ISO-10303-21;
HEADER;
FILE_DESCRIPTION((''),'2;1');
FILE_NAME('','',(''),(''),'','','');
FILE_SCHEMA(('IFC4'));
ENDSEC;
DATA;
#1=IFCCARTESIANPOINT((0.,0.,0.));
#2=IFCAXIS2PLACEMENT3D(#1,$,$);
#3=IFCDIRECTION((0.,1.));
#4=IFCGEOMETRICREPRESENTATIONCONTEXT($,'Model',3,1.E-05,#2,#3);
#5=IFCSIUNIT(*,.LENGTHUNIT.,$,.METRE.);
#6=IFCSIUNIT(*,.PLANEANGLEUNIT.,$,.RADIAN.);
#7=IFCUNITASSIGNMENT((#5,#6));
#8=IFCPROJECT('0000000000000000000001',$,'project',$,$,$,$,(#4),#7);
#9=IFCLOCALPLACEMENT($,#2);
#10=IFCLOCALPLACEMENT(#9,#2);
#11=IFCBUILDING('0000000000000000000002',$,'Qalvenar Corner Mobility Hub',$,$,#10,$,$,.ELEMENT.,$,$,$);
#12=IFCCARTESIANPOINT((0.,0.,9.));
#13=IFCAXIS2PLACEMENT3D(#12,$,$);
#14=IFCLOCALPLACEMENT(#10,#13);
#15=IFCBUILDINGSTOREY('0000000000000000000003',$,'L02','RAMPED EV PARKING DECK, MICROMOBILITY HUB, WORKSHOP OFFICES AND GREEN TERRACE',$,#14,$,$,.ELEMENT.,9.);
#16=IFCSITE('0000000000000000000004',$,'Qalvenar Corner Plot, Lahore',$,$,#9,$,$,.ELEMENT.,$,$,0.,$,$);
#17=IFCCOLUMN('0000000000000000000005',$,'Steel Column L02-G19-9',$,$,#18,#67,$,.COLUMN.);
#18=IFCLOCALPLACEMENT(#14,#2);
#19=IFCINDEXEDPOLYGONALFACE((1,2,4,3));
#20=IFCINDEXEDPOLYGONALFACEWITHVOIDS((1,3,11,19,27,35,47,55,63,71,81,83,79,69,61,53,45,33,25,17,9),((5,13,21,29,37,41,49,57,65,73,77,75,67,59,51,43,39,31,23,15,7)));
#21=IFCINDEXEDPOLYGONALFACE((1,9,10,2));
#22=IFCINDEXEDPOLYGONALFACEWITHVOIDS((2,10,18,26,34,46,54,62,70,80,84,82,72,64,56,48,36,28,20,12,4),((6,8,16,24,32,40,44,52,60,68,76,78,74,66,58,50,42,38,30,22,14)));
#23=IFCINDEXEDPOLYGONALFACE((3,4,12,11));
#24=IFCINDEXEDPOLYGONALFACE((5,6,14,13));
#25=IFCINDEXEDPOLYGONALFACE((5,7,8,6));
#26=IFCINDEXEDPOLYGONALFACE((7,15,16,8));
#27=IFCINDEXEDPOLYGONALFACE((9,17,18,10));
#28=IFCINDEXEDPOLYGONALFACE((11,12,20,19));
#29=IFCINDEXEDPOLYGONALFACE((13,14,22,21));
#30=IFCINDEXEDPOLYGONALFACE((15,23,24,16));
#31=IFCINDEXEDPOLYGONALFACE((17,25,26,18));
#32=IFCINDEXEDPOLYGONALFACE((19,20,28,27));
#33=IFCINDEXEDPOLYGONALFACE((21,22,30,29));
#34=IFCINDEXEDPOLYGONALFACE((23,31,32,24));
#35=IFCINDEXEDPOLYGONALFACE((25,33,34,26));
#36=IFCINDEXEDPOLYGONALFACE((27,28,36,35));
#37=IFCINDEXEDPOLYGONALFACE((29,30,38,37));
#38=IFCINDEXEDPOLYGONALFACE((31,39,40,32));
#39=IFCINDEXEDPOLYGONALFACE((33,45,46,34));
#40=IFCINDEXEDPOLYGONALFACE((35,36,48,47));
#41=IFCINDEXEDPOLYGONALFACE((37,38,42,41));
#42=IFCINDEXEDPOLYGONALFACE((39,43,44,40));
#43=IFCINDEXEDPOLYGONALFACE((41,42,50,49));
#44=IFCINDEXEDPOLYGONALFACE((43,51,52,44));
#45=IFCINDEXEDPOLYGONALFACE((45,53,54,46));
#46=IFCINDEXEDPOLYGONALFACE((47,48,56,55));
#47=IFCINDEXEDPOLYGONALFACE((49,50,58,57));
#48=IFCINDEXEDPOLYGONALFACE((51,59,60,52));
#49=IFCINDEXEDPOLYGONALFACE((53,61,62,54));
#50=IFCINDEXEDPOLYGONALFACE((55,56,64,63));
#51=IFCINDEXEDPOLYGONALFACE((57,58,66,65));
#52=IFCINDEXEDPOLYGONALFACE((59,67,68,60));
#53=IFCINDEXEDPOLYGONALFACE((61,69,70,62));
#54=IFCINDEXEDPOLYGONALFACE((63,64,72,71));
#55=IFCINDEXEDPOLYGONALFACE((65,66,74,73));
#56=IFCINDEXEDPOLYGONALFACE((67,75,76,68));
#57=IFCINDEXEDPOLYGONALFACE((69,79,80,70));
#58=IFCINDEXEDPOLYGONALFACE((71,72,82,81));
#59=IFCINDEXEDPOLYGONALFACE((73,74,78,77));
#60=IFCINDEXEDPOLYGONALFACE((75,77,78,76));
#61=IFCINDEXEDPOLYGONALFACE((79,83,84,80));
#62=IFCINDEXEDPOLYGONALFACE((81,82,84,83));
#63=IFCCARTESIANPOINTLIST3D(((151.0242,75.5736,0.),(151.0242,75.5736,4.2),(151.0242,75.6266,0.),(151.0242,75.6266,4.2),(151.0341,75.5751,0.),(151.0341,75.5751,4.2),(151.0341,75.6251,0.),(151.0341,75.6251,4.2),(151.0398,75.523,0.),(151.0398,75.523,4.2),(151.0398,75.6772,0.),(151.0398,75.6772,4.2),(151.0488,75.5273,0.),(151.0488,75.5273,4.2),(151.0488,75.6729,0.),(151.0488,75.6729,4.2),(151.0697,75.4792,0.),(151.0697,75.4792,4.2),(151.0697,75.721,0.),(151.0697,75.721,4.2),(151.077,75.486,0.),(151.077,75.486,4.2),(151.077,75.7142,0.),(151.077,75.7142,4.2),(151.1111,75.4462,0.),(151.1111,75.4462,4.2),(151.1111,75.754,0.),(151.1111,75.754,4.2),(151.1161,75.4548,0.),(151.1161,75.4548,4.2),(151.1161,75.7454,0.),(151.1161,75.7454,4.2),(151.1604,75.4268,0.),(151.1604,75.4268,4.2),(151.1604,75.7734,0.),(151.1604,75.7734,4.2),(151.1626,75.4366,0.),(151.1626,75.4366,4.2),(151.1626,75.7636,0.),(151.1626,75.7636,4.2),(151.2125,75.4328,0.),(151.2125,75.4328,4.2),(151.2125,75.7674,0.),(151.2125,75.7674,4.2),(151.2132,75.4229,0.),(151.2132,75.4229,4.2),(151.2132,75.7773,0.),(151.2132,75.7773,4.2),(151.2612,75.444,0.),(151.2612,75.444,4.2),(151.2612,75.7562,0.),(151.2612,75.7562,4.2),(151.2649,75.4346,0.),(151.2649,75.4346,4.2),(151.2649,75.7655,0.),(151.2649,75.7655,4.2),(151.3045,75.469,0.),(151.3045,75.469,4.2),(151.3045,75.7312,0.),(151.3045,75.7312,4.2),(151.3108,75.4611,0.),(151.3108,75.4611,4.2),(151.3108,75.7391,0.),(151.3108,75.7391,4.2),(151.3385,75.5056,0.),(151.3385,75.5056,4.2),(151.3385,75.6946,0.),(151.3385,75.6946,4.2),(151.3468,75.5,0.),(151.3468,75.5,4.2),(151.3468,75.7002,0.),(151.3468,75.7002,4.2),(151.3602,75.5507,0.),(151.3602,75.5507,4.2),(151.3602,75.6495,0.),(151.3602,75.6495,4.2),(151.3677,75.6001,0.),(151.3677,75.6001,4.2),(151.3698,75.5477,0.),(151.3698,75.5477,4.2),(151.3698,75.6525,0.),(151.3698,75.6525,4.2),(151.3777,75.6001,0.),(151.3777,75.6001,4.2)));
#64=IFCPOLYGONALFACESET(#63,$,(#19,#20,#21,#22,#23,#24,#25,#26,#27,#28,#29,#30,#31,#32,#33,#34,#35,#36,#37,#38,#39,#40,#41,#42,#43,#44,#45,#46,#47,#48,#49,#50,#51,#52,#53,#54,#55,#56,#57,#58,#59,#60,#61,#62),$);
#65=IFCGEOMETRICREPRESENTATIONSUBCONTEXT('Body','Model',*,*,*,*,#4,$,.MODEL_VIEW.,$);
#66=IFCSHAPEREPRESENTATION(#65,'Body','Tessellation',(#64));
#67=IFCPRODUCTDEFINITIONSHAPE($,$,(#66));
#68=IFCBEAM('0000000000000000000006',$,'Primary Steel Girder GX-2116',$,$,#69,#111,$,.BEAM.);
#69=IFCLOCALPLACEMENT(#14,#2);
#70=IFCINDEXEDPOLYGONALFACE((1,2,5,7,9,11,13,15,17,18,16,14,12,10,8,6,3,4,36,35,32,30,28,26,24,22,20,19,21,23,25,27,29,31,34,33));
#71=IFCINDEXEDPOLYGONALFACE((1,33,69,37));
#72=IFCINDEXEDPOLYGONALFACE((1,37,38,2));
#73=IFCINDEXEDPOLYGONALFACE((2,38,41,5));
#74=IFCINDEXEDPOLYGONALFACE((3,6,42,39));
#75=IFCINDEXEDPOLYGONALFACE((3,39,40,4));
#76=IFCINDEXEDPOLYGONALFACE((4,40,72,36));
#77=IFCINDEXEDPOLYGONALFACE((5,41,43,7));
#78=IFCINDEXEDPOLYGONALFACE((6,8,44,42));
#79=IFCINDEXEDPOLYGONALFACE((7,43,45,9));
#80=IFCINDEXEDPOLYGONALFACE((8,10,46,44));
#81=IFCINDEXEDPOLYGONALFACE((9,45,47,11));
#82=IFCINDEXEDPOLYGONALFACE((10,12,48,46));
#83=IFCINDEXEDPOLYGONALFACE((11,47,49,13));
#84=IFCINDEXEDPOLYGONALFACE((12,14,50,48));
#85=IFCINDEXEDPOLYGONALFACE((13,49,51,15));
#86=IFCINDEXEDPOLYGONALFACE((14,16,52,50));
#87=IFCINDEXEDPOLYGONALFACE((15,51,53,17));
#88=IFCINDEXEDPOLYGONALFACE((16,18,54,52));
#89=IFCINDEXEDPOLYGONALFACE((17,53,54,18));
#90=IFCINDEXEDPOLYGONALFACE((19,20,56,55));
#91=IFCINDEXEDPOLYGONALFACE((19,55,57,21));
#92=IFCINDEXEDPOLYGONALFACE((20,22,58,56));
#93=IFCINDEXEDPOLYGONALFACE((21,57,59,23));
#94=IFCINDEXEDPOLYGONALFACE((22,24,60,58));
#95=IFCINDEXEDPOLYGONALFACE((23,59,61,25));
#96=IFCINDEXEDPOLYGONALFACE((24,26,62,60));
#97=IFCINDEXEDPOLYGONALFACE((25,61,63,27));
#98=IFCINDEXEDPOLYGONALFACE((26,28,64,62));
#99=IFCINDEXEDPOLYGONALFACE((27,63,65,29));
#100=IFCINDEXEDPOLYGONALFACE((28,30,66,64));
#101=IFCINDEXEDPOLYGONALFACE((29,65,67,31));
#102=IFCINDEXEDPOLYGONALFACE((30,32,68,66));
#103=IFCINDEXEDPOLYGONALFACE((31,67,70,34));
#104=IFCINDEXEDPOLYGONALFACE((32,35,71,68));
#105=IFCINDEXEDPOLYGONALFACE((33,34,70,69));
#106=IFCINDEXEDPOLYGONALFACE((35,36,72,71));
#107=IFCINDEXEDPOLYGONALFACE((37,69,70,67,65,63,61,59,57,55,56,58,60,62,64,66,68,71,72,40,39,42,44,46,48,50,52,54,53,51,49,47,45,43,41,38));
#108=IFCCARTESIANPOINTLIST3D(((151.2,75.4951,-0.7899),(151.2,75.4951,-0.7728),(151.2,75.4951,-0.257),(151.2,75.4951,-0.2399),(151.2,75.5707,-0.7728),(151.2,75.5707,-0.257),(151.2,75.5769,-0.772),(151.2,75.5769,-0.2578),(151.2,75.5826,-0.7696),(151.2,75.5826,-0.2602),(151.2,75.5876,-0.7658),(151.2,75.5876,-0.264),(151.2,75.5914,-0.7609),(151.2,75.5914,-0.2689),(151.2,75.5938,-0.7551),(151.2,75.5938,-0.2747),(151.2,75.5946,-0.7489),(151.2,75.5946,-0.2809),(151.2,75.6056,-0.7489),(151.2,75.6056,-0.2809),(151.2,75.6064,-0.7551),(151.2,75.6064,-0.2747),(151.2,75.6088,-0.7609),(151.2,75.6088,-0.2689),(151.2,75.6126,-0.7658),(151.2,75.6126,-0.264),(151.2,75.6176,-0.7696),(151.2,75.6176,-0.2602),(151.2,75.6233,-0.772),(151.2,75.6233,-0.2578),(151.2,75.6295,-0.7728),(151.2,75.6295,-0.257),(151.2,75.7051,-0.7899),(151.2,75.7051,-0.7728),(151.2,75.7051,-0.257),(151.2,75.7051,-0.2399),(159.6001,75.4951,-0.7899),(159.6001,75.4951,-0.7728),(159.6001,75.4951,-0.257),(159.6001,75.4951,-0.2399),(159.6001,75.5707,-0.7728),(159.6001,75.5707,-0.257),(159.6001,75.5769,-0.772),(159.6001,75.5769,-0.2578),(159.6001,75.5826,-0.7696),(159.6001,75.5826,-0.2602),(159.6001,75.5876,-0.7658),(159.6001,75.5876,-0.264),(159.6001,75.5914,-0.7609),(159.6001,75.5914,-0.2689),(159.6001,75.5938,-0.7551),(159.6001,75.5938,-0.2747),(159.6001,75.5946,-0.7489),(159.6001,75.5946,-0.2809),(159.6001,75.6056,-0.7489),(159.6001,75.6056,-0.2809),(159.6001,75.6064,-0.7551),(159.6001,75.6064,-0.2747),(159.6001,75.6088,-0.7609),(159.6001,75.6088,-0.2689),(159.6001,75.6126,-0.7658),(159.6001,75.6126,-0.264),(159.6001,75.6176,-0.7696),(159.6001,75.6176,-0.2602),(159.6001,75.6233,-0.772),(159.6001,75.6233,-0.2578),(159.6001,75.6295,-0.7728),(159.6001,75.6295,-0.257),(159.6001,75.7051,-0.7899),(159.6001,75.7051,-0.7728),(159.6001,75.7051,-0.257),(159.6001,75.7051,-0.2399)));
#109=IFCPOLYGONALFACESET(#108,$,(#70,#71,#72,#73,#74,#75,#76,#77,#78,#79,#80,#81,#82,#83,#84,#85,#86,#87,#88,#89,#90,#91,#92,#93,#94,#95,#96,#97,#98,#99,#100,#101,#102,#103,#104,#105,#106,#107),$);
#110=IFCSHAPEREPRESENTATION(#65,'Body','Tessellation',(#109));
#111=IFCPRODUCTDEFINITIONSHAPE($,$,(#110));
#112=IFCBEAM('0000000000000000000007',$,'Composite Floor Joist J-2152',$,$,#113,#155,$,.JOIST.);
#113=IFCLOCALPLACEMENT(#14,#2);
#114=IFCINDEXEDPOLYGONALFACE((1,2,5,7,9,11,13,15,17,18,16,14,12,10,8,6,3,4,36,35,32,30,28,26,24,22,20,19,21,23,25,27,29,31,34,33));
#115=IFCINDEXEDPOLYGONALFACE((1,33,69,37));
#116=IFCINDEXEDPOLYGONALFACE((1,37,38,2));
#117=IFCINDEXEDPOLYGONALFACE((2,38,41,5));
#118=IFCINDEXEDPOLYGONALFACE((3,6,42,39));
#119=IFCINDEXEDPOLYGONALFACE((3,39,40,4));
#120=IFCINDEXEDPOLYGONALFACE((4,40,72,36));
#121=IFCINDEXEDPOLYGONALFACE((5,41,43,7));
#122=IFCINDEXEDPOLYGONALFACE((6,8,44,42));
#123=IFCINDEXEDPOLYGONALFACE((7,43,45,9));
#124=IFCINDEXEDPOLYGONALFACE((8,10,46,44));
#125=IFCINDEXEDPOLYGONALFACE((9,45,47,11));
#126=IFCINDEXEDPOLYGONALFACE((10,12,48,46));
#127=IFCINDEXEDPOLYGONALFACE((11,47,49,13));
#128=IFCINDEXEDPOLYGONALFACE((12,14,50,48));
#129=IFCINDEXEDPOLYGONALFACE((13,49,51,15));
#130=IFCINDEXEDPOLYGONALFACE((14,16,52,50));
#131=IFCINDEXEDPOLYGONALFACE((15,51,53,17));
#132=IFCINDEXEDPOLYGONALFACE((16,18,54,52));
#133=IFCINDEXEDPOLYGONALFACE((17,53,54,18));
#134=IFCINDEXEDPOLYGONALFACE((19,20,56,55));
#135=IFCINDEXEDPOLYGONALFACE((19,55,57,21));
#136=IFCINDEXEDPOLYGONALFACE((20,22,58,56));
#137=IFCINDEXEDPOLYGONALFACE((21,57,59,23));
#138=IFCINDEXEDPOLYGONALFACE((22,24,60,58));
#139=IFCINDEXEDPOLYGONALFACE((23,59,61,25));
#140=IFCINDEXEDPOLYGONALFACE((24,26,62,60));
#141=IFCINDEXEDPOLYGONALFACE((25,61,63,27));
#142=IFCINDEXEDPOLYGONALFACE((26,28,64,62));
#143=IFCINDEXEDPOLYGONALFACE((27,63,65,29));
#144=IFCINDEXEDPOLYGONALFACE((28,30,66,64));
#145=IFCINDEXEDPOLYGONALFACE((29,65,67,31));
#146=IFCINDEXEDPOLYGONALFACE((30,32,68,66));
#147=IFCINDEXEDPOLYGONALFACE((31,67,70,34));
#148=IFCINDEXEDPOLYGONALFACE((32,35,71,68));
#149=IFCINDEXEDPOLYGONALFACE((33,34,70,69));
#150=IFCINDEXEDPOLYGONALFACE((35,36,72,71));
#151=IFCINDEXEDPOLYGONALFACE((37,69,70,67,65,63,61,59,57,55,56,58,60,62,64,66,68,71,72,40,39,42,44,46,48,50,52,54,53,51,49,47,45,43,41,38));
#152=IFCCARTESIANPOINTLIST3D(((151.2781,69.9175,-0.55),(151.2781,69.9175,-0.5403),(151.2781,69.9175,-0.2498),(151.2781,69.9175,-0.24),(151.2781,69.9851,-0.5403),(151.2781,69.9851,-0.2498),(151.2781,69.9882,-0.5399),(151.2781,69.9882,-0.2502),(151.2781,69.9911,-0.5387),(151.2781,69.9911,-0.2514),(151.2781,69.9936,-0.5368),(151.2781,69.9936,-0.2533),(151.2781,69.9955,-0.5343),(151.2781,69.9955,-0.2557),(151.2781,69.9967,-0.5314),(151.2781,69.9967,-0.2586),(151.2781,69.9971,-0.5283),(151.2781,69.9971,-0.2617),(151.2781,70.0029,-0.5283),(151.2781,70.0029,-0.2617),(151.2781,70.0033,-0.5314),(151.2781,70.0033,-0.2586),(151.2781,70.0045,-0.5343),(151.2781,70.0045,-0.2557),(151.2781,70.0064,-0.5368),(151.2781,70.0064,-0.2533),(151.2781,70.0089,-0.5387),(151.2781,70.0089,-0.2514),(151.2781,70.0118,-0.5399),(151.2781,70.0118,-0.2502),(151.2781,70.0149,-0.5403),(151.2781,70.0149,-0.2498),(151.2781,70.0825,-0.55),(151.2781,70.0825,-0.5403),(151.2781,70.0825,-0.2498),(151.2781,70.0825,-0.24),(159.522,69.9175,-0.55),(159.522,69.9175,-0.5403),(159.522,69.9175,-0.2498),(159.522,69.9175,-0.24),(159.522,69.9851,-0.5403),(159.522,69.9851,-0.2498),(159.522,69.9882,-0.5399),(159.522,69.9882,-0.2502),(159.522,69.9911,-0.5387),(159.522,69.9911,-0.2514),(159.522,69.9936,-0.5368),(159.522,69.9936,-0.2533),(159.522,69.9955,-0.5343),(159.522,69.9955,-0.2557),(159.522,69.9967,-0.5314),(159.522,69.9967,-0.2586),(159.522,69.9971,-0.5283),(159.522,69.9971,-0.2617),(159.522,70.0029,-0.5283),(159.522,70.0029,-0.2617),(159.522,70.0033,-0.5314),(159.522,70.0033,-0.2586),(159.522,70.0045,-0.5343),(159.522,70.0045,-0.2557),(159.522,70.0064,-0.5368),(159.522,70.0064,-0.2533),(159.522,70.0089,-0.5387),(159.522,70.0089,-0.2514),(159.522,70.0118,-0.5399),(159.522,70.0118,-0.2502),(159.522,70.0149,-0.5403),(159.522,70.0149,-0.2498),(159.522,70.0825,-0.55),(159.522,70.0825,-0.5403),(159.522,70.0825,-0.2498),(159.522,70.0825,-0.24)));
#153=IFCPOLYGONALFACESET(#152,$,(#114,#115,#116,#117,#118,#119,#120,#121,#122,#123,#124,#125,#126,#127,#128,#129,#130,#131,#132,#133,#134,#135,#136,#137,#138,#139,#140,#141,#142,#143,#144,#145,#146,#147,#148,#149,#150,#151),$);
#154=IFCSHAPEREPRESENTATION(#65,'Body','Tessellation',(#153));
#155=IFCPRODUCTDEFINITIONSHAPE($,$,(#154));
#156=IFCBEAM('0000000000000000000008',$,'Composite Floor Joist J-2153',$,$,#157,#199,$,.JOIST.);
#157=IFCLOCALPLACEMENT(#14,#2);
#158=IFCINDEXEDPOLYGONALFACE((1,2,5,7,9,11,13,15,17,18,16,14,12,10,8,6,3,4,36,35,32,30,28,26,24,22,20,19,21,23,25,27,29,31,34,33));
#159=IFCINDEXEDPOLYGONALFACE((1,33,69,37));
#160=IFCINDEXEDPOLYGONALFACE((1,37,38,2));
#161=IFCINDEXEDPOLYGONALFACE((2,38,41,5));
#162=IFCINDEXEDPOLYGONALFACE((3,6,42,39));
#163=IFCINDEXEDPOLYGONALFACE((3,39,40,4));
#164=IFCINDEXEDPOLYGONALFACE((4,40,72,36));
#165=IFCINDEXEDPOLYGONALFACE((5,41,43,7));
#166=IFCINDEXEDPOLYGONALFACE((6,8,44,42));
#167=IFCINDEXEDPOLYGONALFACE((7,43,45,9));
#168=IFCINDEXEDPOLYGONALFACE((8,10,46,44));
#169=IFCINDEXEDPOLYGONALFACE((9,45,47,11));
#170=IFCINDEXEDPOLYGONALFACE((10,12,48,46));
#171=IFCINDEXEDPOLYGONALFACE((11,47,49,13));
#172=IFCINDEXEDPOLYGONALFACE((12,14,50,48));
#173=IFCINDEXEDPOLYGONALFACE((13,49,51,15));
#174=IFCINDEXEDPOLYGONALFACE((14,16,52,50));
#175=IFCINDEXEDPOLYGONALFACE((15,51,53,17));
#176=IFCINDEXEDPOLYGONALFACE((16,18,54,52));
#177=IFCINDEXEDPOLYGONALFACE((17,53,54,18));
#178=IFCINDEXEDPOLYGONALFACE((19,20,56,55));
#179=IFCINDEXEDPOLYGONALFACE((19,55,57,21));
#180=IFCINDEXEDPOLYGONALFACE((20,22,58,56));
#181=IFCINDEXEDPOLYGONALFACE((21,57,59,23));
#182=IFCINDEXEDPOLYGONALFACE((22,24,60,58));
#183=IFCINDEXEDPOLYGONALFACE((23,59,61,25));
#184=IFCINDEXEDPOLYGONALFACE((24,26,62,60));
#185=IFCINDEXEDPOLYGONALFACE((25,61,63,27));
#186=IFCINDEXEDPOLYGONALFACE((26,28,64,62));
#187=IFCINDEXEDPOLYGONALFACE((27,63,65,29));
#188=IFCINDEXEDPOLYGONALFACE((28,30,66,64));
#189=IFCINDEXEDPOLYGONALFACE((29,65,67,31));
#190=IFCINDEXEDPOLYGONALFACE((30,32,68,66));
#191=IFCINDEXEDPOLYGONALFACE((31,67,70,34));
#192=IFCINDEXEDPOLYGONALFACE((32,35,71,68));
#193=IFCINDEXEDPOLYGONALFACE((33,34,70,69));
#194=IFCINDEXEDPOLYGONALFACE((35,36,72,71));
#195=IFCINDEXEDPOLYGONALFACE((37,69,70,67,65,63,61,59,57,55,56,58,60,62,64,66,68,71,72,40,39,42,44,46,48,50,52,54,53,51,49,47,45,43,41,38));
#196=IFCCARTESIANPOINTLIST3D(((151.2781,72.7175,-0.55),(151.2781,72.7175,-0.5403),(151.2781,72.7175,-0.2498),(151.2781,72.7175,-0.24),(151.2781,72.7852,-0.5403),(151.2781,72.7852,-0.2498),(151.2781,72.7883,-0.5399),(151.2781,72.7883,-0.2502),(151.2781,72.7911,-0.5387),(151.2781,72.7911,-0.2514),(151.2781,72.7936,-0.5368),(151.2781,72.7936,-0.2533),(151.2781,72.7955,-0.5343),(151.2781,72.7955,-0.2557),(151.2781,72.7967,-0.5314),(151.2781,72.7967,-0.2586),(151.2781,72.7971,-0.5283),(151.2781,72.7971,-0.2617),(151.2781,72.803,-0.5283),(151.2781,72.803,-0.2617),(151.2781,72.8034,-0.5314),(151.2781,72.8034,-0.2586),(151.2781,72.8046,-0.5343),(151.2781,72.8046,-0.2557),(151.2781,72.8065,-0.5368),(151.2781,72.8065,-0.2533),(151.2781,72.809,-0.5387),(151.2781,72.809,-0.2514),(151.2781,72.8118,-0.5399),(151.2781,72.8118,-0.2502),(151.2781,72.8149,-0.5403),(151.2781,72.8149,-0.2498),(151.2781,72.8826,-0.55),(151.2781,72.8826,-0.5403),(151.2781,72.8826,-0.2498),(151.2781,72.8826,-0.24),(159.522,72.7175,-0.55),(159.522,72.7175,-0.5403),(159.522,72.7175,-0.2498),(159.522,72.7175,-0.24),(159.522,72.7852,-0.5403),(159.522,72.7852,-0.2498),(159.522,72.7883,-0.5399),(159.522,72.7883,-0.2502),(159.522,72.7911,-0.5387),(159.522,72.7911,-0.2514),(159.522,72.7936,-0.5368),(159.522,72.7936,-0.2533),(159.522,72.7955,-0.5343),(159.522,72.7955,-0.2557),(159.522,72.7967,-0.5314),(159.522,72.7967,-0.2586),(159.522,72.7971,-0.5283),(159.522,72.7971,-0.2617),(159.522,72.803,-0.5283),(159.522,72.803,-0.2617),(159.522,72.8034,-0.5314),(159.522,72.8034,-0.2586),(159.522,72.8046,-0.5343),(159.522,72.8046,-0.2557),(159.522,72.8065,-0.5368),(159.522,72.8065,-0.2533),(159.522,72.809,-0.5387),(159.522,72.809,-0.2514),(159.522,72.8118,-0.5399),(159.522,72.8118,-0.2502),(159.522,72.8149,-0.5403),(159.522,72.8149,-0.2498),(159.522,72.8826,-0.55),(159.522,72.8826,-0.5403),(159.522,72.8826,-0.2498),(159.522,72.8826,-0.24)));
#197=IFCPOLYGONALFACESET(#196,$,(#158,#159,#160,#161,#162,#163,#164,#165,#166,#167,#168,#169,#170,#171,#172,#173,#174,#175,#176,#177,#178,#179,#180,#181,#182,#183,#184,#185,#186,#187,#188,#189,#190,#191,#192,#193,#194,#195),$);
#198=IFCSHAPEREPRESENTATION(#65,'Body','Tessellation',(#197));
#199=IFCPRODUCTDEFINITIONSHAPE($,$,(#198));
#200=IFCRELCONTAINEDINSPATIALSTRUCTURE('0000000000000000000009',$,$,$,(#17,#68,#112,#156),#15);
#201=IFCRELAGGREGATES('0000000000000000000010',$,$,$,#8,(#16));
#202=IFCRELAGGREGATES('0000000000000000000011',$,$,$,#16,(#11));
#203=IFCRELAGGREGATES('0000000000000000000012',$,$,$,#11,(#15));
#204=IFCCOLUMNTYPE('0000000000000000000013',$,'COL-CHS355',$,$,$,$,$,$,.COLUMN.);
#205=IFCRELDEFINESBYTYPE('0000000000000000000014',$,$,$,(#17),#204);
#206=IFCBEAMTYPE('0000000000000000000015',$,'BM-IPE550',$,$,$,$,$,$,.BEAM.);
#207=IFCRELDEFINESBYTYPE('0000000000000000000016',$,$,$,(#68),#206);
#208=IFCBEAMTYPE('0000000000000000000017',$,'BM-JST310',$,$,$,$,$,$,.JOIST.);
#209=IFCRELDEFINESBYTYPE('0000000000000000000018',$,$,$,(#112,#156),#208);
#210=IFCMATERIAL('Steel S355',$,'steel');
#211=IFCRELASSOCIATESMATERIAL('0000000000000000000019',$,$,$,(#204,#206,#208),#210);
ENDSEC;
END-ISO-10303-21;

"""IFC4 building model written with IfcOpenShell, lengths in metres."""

from ifc_helpers import new_model, si_unit, direction, frame, origin, origin_2d, place, context, subcontext, project, spatial, hollow_circle, i_section, extrude, material, material_profile, profile_set, type_object, element, save


model = new_model("IFC4")

# Units and contexts
model_context = context("Model", 3, precision=1e-05, world=origin(), true_north=direction((0.0, 1.0)))
body_context = subcontext(model_context, "Body", "Model", "MODEL_VIEW")
ifc_project = project(units=[si_unit("LENGTHUNIT", "METRE"), si_unit("PLANEANGLEUNIT", "RADIAN")], contexts=[model_context])

# Site, building, storey
site_placement = place(None, origin())
site = spatial("IfcSite", under=ifc_project, at=site_placement, Name="Qalvenar Corner Plot, Lahore", CompositionType="ELEMENT", RefElevation=0.0)
building_placement = place(site_placement, origin())
building = spatial("IfcBuilding", under=site, at=building_placement, Name="Qalvenar Corner Mobility Hub", CompositionType="ELEMENT")
storey_placement = place(building_placement, frame((0.0, 0.0, 9.0)))
storey = spatial("IfcBuildingStorey", under=building, at=storey_placement, Name="L02", Description="RAMPED EV PARKING DECK, MICROMOBILITY HUB, WORKSHOP OFFICES AND GREEN TERRACE", CompositionType="ELEMENT", Elevation=9.0)

# Column
ifc_material_1 = material(Name="Steel S355", Category="steel")
ifc_material_profile_1 = material_profile(ifc_material_1, hollow_circle(Radius=0.1777, WallThickness=0.01, at=origin_2d()), Name="CHS355.6x10")
ifc_profile_set_1 = profile_set([ifc_material_profile_1], Name="Steel S355")
column_type = type_object("IfcColumnType", Name="COL-CHS355", PredefinedType="COLUMN", material=ifc_profile_set_1)
column_placement = place(storey_placement, frame((151.2, 75.6001, 0.0), z_axis=(0.0, 0.0, 1.0), x_axis=(1.0, 0.0, 0.0)))
element("IfcColumn", 1, at=column_placement, inside=storey, type_object=column_type, Name="Steel Column L02-G19-9", PredefinedType="COLUMN", context=body_context, shape_type="SweptSolid", body=[
    extrude(hollow_circle(Radius=0.1777, WallThickness=0.01, at=origin_2d()), origin(), (0.0, 0.0, 1.0), 4.2),
])

# Beams
ifc_material_profile_2 = material_profile(ifc_material_1, i_section(OverallWidth=0.21, OverallDepth=0.55, WebThickness=0.011, FlangeThickness=0.0171, FilletRadius=0.0239, at=origin_2d()), Name="IPE550")
ifc_profile_set_2 = profile_set([ifc_material_profile_2], Name="Steel S355")
beam_type_1 = type_object("IfcBeamType", Name="BM-IPE550", PredefinedType="BEAM", material=ifc_profile_set_2)
beam_placement = place(storey_placement, frame((151.2, 75.6001, -0.5149), z_axis=(1.0, 0.0, 0.0), x_axis=(0.0, 1.0, 0.0)))
element("IfcBeam", 2, at=beam_placement, inside=storey, type_object=beam_type_1, Name="Primary Steel Girder GX-2116", PredefinedType="BEAM", context=body_context, shape_type="SweptSolid", body=[
    extrude(i_section(OverallWidth=0.21, OverallDepth=0.55, WebThickness=0.011, FlangeThickness=0.0171, FilletRadius=0.0239, at=origin_2d()), origin(), (0.0, 0.0, 1.0), 8.4001),
])
ifc_material_profile_3 = material_profile(ifc_material_1, i_section(OverallWidth=0.165, OverallDepth=0.3101, WebThickness=0.0059, FlangeThickness=0.0098, FilletRadius=0.012, at=origin_2d()), Name="W310x38.7")
ifc_profile_set_3 = profile_set([ifc_material_profile_3], Name="Steel S355")
beam_type_2 = type_object("IfcBeamType", Name="BM-JST310", PredefinedType="JOIST", material=ifc_profile_set_3)
for number, where, z_axis, x_axis, name in (
    (3, (151.2781, 70.0, -0.395), (1.0, 0.0, 0.0), (0.0, 1.0, 0.0), "Composite Floor Joist J-2152"),
    (4, (151.2781, 72.8, -0.395), (1.0, 0.0, 0.0), (0.0, 1.0, 0.0), "Composite Floor Joist J-2153"),
):
    element("IfcBeam", number, at=place(storey_placement, frame(where, z_axis=z_axis, x_axis=x_axis)), inside=storey, type_object=beam_type_2, Name=name, PredefinedType="JOIST", context=body_context, shape_type="SweptSolid", body=[
        extrude(i_section(OverallWidth=0.165, OverallDepth=0.3101, WebThickness=0.0059, FlangeThickness=0.0098, FilletRadius=0.012, at=origin_2d()), origin(), (0.0, 0.0, 1.0), 8.2439),
    ])

save(model, "model.ifc")
